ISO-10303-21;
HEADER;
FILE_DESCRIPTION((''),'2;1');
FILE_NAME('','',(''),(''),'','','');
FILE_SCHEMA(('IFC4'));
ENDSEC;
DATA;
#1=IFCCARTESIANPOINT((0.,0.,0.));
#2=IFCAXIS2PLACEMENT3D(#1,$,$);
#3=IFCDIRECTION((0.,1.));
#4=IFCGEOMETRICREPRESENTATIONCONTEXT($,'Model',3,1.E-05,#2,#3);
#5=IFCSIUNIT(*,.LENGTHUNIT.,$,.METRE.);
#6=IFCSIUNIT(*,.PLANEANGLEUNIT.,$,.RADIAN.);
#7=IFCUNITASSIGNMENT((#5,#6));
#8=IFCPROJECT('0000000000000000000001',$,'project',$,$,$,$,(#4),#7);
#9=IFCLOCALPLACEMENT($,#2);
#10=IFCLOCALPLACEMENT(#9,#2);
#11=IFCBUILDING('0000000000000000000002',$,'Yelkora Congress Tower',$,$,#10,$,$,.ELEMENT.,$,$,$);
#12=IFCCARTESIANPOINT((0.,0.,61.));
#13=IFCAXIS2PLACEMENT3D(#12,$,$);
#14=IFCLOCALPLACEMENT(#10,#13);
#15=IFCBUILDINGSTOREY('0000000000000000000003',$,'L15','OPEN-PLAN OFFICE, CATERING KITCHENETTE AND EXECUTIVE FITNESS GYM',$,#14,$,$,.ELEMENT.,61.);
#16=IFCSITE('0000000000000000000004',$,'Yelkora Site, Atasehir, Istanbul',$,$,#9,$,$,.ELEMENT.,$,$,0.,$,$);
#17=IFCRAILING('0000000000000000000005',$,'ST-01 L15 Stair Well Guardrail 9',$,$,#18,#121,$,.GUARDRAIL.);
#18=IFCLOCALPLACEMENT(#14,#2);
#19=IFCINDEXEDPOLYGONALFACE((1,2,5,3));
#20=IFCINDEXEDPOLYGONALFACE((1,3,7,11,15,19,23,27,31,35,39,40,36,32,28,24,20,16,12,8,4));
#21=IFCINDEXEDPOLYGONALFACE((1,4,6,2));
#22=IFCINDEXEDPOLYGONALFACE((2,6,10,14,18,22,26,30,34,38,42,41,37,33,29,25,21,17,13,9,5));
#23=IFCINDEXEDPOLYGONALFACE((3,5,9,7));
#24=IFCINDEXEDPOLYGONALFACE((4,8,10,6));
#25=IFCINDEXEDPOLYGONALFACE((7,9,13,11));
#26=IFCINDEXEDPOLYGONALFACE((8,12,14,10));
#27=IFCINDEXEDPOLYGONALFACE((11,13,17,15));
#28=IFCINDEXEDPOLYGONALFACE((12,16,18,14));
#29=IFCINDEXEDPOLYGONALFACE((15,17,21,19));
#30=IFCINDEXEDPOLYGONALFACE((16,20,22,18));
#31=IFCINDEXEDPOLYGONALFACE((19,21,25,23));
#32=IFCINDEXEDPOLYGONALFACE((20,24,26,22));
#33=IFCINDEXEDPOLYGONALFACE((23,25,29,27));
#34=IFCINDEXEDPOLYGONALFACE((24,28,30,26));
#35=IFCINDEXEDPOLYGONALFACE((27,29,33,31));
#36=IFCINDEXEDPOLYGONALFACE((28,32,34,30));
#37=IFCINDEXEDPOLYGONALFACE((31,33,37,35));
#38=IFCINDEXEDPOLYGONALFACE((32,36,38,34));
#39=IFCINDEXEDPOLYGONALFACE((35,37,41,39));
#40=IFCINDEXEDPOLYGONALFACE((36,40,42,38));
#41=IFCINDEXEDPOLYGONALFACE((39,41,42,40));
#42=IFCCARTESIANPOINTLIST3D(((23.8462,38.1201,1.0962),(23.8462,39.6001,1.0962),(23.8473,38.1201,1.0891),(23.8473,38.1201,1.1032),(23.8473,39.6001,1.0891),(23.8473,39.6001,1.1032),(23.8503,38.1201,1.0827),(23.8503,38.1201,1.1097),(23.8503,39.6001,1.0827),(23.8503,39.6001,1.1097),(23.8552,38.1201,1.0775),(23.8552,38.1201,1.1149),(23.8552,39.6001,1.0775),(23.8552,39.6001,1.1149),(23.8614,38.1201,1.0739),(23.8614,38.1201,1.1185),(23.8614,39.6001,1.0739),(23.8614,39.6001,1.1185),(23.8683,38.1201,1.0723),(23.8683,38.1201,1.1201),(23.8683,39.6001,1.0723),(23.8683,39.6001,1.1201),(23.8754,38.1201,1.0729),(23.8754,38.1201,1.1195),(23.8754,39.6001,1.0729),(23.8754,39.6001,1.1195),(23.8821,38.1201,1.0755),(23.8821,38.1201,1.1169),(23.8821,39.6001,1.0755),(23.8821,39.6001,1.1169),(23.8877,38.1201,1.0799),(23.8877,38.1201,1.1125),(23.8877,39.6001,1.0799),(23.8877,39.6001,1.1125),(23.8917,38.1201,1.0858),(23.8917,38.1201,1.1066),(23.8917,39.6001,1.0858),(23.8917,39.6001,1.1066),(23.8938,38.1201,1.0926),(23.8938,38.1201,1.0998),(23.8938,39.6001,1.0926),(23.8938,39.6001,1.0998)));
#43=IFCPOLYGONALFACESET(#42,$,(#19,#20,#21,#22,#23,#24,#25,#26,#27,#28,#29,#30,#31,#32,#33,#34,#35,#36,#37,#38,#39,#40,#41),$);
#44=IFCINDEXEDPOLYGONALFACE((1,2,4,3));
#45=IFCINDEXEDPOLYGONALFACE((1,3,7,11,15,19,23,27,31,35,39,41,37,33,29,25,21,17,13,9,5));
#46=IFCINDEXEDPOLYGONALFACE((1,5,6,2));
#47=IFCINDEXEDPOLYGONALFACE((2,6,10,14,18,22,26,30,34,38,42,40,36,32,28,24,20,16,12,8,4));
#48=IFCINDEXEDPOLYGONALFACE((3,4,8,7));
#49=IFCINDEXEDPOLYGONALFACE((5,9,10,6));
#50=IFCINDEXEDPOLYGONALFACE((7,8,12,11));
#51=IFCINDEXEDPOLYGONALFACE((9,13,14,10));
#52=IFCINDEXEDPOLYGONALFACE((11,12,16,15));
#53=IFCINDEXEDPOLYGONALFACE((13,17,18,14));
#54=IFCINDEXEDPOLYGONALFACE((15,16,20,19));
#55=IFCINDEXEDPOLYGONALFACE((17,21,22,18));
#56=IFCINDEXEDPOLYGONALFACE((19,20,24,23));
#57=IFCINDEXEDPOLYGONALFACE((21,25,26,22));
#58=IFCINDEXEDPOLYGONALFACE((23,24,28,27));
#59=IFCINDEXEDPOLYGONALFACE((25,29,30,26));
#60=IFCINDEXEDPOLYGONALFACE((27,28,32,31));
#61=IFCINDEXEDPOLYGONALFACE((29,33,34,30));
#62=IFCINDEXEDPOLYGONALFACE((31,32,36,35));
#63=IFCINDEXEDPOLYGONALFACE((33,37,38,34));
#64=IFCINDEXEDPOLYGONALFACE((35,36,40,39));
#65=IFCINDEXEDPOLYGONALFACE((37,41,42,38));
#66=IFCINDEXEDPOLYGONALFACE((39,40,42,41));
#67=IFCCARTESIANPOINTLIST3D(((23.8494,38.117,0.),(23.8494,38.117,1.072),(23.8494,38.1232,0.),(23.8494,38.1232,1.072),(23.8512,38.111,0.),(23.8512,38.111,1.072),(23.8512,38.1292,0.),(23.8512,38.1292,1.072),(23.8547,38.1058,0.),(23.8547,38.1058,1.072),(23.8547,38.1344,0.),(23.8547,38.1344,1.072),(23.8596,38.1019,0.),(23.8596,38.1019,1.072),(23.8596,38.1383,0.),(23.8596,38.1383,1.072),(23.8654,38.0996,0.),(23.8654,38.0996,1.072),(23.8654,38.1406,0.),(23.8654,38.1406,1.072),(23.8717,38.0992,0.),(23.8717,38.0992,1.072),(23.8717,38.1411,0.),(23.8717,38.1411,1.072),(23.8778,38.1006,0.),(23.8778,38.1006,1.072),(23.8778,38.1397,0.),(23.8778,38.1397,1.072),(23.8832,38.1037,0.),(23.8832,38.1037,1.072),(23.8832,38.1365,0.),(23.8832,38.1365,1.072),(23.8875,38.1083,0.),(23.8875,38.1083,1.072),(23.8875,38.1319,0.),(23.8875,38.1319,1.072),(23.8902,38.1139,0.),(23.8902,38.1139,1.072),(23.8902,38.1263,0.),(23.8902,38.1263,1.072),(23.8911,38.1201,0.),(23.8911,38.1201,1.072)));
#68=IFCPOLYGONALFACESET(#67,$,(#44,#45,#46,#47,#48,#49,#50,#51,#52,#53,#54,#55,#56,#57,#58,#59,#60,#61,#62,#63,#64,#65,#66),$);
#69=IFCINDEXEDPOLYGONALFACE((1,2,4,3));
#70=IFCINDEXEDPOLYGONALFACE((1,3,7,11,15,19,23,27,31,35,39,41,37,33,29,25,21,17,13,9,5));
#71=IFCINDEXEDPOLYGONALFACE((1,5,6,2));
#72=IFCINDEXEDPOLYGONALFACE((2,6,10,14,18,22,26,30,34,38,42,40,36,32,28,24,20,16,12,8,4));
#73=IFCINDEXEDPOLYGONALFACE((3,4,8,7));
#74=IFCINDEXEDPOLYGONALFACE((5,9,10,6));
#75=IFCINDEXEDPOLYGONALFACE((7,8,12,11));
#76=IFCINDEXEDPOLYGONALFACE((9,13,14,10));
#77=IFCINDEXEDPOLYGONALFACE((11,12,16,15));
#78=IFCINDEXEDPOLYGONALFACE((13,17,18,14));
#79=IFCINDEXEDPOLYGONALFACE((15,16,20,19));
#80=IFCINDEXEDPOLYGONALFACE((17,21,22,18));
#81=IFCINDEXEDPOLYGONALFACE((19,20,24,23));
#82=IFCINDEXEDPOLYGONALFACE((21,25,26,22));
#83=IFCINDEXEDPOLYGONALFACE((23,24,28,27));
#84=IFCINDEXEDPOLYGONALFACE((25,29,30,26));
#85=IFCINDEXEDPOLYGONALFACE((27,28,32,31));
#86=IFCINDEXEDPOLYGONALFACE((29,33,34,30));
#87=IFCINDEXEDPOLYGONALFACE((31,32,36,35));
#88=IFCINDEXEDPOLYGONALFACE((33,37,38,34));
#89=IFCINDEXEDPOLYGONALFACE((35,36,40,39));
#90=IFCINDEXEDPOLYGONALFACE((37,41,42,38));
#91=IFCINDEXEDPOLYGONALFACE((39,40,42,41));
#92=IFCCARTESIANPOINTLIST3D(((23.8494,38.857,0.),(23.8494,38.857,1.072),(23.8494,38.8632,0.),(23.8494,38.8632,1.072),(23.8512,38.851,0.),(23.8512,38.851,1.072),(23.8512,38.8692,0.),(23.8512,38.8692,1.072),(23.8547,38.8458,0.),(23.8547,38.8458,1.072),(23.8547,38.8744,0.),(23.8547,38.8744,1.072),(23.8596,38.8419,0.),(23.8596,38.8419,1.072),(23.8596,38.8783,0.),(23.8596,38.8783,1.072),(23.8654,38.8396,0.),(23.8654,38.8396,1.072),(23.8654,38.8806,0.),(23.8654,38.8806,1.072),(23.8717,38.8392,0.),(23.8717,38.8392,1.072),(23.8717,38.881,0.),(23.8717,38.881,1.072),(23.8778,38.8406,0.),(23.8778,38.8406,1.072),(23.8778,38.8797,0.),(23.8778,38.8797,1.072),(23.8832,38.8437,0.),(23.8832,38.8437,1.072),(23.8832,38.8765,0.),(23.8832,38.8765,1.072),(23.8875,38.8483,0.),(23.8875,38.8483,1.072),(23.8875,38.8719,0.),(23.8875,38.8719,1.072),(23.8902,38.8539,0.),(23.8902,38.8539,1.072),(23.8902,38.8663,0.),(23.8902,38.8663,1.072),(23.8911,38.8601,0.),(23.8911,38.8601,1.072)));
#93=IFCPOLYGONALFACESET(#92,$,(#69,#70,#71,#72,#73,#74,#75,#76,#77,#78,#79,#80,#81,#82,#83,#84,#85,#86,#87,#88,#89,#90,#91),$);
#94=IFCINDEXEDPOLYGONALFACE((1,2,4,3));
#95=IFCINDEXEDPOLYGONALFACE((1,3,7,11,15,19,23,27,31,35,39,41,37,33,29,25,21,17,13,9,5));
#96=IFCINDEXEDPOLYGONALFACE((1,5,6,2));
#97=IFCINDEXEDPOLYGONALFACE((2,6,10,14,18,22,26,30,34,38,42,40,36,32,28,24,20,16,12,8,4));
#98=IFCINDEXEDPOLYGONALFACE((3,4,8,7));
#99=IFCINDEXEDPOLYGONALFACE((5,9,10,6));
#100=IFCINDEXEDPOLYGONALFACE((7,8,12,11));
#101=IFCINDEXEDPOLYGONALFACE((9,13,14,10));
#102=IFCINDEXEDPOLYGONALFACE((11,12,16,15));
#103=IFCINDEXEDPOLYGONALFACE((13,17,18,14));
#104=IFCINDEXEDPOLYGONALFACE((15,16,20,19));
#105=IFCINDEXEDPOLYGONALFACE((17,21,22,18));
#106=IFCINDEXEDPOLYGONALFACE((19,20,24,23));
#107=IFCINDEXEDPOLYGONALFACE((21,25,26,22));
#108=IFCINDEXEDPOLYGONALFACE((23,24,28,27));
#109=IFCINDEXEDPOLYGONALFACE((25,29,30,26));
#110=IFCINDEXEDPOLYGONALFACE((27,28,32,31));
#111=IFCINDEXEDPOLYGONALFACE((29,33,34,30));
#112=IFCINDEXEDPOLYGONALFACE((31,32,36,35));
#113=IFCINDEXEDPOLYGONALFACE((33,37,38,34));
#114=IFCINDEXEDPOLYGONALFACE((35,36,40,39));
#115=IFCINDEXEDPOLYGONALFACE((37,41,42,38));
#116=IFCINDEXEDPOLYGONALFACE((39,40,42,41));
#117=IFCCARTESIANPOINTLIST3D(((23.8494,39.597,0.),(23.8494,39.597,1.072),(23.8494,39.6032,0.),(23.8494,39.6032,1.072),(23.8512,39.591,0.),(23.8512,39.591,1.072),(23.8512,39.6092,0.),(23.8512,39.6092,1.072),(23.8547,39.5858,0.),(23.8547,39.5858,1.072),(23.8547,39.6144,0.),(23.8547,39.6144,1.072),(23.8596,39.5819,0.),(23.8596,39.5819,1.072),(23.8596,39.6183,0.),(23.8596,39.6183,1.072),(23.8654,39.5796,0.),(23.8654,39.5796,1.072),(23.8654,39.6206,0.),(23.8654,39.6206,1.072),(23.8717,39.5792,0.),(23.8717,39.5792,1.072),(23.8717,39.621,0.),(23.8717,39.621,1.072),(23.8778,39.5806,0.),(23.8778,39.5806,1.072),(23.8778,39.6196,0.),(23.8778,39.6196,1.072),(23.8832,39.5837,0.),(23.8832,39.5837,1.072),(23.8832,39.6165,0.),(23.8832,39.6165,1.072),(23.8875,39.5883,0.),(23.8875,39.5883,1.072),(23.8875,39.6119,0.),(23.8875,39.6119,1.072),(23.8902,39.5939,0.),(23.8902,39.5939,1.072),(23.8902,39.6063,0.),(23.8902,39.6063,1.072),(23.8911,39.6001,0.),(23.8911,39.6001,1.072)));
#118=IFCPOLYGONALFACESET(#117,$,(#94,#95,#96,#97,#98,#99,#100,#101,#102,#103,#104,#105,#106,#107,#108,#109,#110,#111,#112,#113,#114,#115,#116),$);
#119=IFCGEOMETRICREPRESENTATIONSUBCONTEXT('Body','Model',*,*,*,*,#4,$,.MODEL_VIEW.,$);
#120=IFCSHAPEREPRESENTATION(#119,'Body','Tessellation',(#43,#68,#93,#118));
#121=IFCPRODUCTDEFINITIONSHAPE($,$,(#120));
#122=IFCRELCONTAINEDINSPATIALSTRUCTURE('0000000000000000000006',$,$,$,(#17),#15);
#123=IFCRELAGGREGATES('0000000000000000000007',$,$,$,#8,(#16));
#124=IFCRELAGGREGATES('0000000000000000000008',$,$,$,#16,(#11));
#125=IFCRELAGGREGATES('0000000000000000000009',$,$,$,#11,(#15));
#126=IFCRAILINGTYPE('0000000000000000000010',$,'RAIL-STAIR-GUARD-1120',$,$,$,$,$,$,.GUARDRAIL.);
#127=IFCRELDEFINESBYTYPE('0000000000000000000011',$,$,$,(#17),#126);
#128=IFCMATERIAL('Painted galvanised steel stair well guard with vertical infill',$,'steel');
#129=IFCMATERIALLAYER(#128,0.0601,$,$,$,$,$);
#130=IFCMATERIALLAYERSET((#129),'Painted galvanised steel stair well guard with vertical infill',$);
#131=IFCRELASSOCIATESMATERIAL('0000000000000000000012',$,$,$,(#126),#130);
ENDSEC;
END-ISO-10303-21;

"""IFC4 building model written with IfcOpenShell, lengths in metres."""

from ifc_helpers import new_model, si_unit, direction, frame, origin, origin_2d, place, context, subcontext, project, spatial, circle, extrude, material, layer, layer_set, type_object, element, save


model = new_model("IFC4")

# Units and contexts
model_context = context("Model", 3, precision=1e-05, world=origin(), true_north=direction((0.0, 1.0)))
body_context = subcontext(model_context, "Body", "Model", "MODEL_VIEW")
ifc_project = project(units=[si_unit("LENGTHUNIT", "METRE"), si_unit("PLANEANGLEUNIT", "RADIAN")], contexts=[model_context])

# Site, building, storey
site_placement = place(None, origin())
site = spatial("IfcSite", under=ifc_project, at=site_placement, Name="Yelkora Site, Atasehir, Istanbul", CompositionType="ELEMENT", RefElevation=0.0)
building_placement = place(site_placement, origin())
building = spatial("IfcBuilding", under=site, at=building_placement, Name="Yelkora Congress Tower", CompositionType="ELEMENT")
storey_placement = place(building_placement, frame((0.0, 0.0, 61.0)))
storey = spatial("IfcBuildingStorey", under=building, at=storey_placement, Name="L15", Description="OPEN-PLAN OFFICE, CATERING KITCHENETTE AND EXECUTIVE FITNESS GYM", CompositionType="ELEMENT", Elevation=61.0)

# Railing
ifc_material_1 = material(Name="Painted galvanised steel stair well guard with vertical infill", Category="steel")
ifc_layer_1 = layer(ifc_material_1, 0.0601)
ifc_layer_set_1 = layer_set([ifc_layer_1], Name="Painted galvanised steel stair well guard with vertical infill")
railing_type_1 = type_object("IfcRailingType", Name="RAIL-STAIR-GUARD-1120", PredefinedType="GUARDRAIL", material=ifc_layer_set_1)
for number, where, name in (
    (1, (23.8701, 38.1201, 0.0), "ST-01 L15 Stair Well Guardrail 9"),
):
    element("IfcRailing", number, at=place(storey_placement, frame(where)), inside=storey, type_object=railing_type_1, Name=name, PredefinedType="GUARDRAIL", context=body_context, shape_type="SweptSolid", body=[
        extrude(circle(Radius=0.0239, at=origin_2d()), frame((0.0, 0.0, 1.0962), z_axis=(0.0, 1.0, 0.0), x_axis=(-1.0, 0.0, 0.0)), (0.0, 0.0, 1.0), 1.48),
        extrude(circle(Radius=0.021, at=origin_2d()), origin(), (0.0, 0.0, 1.0), 1.072),
        extrude(circle(Radius=0.021, at=origin_2d()), frame((0.0, 0.74, 0.0)), (0.0, 0.0, 1.0), 1.072),
        extrude(circle(Radius=0.021, at=origin_2d()), frame((0.0, 1.48, 0.0)), (0.0, 0.0, 1.0), 1.072),
    ])

save(model, "model.ifc")
